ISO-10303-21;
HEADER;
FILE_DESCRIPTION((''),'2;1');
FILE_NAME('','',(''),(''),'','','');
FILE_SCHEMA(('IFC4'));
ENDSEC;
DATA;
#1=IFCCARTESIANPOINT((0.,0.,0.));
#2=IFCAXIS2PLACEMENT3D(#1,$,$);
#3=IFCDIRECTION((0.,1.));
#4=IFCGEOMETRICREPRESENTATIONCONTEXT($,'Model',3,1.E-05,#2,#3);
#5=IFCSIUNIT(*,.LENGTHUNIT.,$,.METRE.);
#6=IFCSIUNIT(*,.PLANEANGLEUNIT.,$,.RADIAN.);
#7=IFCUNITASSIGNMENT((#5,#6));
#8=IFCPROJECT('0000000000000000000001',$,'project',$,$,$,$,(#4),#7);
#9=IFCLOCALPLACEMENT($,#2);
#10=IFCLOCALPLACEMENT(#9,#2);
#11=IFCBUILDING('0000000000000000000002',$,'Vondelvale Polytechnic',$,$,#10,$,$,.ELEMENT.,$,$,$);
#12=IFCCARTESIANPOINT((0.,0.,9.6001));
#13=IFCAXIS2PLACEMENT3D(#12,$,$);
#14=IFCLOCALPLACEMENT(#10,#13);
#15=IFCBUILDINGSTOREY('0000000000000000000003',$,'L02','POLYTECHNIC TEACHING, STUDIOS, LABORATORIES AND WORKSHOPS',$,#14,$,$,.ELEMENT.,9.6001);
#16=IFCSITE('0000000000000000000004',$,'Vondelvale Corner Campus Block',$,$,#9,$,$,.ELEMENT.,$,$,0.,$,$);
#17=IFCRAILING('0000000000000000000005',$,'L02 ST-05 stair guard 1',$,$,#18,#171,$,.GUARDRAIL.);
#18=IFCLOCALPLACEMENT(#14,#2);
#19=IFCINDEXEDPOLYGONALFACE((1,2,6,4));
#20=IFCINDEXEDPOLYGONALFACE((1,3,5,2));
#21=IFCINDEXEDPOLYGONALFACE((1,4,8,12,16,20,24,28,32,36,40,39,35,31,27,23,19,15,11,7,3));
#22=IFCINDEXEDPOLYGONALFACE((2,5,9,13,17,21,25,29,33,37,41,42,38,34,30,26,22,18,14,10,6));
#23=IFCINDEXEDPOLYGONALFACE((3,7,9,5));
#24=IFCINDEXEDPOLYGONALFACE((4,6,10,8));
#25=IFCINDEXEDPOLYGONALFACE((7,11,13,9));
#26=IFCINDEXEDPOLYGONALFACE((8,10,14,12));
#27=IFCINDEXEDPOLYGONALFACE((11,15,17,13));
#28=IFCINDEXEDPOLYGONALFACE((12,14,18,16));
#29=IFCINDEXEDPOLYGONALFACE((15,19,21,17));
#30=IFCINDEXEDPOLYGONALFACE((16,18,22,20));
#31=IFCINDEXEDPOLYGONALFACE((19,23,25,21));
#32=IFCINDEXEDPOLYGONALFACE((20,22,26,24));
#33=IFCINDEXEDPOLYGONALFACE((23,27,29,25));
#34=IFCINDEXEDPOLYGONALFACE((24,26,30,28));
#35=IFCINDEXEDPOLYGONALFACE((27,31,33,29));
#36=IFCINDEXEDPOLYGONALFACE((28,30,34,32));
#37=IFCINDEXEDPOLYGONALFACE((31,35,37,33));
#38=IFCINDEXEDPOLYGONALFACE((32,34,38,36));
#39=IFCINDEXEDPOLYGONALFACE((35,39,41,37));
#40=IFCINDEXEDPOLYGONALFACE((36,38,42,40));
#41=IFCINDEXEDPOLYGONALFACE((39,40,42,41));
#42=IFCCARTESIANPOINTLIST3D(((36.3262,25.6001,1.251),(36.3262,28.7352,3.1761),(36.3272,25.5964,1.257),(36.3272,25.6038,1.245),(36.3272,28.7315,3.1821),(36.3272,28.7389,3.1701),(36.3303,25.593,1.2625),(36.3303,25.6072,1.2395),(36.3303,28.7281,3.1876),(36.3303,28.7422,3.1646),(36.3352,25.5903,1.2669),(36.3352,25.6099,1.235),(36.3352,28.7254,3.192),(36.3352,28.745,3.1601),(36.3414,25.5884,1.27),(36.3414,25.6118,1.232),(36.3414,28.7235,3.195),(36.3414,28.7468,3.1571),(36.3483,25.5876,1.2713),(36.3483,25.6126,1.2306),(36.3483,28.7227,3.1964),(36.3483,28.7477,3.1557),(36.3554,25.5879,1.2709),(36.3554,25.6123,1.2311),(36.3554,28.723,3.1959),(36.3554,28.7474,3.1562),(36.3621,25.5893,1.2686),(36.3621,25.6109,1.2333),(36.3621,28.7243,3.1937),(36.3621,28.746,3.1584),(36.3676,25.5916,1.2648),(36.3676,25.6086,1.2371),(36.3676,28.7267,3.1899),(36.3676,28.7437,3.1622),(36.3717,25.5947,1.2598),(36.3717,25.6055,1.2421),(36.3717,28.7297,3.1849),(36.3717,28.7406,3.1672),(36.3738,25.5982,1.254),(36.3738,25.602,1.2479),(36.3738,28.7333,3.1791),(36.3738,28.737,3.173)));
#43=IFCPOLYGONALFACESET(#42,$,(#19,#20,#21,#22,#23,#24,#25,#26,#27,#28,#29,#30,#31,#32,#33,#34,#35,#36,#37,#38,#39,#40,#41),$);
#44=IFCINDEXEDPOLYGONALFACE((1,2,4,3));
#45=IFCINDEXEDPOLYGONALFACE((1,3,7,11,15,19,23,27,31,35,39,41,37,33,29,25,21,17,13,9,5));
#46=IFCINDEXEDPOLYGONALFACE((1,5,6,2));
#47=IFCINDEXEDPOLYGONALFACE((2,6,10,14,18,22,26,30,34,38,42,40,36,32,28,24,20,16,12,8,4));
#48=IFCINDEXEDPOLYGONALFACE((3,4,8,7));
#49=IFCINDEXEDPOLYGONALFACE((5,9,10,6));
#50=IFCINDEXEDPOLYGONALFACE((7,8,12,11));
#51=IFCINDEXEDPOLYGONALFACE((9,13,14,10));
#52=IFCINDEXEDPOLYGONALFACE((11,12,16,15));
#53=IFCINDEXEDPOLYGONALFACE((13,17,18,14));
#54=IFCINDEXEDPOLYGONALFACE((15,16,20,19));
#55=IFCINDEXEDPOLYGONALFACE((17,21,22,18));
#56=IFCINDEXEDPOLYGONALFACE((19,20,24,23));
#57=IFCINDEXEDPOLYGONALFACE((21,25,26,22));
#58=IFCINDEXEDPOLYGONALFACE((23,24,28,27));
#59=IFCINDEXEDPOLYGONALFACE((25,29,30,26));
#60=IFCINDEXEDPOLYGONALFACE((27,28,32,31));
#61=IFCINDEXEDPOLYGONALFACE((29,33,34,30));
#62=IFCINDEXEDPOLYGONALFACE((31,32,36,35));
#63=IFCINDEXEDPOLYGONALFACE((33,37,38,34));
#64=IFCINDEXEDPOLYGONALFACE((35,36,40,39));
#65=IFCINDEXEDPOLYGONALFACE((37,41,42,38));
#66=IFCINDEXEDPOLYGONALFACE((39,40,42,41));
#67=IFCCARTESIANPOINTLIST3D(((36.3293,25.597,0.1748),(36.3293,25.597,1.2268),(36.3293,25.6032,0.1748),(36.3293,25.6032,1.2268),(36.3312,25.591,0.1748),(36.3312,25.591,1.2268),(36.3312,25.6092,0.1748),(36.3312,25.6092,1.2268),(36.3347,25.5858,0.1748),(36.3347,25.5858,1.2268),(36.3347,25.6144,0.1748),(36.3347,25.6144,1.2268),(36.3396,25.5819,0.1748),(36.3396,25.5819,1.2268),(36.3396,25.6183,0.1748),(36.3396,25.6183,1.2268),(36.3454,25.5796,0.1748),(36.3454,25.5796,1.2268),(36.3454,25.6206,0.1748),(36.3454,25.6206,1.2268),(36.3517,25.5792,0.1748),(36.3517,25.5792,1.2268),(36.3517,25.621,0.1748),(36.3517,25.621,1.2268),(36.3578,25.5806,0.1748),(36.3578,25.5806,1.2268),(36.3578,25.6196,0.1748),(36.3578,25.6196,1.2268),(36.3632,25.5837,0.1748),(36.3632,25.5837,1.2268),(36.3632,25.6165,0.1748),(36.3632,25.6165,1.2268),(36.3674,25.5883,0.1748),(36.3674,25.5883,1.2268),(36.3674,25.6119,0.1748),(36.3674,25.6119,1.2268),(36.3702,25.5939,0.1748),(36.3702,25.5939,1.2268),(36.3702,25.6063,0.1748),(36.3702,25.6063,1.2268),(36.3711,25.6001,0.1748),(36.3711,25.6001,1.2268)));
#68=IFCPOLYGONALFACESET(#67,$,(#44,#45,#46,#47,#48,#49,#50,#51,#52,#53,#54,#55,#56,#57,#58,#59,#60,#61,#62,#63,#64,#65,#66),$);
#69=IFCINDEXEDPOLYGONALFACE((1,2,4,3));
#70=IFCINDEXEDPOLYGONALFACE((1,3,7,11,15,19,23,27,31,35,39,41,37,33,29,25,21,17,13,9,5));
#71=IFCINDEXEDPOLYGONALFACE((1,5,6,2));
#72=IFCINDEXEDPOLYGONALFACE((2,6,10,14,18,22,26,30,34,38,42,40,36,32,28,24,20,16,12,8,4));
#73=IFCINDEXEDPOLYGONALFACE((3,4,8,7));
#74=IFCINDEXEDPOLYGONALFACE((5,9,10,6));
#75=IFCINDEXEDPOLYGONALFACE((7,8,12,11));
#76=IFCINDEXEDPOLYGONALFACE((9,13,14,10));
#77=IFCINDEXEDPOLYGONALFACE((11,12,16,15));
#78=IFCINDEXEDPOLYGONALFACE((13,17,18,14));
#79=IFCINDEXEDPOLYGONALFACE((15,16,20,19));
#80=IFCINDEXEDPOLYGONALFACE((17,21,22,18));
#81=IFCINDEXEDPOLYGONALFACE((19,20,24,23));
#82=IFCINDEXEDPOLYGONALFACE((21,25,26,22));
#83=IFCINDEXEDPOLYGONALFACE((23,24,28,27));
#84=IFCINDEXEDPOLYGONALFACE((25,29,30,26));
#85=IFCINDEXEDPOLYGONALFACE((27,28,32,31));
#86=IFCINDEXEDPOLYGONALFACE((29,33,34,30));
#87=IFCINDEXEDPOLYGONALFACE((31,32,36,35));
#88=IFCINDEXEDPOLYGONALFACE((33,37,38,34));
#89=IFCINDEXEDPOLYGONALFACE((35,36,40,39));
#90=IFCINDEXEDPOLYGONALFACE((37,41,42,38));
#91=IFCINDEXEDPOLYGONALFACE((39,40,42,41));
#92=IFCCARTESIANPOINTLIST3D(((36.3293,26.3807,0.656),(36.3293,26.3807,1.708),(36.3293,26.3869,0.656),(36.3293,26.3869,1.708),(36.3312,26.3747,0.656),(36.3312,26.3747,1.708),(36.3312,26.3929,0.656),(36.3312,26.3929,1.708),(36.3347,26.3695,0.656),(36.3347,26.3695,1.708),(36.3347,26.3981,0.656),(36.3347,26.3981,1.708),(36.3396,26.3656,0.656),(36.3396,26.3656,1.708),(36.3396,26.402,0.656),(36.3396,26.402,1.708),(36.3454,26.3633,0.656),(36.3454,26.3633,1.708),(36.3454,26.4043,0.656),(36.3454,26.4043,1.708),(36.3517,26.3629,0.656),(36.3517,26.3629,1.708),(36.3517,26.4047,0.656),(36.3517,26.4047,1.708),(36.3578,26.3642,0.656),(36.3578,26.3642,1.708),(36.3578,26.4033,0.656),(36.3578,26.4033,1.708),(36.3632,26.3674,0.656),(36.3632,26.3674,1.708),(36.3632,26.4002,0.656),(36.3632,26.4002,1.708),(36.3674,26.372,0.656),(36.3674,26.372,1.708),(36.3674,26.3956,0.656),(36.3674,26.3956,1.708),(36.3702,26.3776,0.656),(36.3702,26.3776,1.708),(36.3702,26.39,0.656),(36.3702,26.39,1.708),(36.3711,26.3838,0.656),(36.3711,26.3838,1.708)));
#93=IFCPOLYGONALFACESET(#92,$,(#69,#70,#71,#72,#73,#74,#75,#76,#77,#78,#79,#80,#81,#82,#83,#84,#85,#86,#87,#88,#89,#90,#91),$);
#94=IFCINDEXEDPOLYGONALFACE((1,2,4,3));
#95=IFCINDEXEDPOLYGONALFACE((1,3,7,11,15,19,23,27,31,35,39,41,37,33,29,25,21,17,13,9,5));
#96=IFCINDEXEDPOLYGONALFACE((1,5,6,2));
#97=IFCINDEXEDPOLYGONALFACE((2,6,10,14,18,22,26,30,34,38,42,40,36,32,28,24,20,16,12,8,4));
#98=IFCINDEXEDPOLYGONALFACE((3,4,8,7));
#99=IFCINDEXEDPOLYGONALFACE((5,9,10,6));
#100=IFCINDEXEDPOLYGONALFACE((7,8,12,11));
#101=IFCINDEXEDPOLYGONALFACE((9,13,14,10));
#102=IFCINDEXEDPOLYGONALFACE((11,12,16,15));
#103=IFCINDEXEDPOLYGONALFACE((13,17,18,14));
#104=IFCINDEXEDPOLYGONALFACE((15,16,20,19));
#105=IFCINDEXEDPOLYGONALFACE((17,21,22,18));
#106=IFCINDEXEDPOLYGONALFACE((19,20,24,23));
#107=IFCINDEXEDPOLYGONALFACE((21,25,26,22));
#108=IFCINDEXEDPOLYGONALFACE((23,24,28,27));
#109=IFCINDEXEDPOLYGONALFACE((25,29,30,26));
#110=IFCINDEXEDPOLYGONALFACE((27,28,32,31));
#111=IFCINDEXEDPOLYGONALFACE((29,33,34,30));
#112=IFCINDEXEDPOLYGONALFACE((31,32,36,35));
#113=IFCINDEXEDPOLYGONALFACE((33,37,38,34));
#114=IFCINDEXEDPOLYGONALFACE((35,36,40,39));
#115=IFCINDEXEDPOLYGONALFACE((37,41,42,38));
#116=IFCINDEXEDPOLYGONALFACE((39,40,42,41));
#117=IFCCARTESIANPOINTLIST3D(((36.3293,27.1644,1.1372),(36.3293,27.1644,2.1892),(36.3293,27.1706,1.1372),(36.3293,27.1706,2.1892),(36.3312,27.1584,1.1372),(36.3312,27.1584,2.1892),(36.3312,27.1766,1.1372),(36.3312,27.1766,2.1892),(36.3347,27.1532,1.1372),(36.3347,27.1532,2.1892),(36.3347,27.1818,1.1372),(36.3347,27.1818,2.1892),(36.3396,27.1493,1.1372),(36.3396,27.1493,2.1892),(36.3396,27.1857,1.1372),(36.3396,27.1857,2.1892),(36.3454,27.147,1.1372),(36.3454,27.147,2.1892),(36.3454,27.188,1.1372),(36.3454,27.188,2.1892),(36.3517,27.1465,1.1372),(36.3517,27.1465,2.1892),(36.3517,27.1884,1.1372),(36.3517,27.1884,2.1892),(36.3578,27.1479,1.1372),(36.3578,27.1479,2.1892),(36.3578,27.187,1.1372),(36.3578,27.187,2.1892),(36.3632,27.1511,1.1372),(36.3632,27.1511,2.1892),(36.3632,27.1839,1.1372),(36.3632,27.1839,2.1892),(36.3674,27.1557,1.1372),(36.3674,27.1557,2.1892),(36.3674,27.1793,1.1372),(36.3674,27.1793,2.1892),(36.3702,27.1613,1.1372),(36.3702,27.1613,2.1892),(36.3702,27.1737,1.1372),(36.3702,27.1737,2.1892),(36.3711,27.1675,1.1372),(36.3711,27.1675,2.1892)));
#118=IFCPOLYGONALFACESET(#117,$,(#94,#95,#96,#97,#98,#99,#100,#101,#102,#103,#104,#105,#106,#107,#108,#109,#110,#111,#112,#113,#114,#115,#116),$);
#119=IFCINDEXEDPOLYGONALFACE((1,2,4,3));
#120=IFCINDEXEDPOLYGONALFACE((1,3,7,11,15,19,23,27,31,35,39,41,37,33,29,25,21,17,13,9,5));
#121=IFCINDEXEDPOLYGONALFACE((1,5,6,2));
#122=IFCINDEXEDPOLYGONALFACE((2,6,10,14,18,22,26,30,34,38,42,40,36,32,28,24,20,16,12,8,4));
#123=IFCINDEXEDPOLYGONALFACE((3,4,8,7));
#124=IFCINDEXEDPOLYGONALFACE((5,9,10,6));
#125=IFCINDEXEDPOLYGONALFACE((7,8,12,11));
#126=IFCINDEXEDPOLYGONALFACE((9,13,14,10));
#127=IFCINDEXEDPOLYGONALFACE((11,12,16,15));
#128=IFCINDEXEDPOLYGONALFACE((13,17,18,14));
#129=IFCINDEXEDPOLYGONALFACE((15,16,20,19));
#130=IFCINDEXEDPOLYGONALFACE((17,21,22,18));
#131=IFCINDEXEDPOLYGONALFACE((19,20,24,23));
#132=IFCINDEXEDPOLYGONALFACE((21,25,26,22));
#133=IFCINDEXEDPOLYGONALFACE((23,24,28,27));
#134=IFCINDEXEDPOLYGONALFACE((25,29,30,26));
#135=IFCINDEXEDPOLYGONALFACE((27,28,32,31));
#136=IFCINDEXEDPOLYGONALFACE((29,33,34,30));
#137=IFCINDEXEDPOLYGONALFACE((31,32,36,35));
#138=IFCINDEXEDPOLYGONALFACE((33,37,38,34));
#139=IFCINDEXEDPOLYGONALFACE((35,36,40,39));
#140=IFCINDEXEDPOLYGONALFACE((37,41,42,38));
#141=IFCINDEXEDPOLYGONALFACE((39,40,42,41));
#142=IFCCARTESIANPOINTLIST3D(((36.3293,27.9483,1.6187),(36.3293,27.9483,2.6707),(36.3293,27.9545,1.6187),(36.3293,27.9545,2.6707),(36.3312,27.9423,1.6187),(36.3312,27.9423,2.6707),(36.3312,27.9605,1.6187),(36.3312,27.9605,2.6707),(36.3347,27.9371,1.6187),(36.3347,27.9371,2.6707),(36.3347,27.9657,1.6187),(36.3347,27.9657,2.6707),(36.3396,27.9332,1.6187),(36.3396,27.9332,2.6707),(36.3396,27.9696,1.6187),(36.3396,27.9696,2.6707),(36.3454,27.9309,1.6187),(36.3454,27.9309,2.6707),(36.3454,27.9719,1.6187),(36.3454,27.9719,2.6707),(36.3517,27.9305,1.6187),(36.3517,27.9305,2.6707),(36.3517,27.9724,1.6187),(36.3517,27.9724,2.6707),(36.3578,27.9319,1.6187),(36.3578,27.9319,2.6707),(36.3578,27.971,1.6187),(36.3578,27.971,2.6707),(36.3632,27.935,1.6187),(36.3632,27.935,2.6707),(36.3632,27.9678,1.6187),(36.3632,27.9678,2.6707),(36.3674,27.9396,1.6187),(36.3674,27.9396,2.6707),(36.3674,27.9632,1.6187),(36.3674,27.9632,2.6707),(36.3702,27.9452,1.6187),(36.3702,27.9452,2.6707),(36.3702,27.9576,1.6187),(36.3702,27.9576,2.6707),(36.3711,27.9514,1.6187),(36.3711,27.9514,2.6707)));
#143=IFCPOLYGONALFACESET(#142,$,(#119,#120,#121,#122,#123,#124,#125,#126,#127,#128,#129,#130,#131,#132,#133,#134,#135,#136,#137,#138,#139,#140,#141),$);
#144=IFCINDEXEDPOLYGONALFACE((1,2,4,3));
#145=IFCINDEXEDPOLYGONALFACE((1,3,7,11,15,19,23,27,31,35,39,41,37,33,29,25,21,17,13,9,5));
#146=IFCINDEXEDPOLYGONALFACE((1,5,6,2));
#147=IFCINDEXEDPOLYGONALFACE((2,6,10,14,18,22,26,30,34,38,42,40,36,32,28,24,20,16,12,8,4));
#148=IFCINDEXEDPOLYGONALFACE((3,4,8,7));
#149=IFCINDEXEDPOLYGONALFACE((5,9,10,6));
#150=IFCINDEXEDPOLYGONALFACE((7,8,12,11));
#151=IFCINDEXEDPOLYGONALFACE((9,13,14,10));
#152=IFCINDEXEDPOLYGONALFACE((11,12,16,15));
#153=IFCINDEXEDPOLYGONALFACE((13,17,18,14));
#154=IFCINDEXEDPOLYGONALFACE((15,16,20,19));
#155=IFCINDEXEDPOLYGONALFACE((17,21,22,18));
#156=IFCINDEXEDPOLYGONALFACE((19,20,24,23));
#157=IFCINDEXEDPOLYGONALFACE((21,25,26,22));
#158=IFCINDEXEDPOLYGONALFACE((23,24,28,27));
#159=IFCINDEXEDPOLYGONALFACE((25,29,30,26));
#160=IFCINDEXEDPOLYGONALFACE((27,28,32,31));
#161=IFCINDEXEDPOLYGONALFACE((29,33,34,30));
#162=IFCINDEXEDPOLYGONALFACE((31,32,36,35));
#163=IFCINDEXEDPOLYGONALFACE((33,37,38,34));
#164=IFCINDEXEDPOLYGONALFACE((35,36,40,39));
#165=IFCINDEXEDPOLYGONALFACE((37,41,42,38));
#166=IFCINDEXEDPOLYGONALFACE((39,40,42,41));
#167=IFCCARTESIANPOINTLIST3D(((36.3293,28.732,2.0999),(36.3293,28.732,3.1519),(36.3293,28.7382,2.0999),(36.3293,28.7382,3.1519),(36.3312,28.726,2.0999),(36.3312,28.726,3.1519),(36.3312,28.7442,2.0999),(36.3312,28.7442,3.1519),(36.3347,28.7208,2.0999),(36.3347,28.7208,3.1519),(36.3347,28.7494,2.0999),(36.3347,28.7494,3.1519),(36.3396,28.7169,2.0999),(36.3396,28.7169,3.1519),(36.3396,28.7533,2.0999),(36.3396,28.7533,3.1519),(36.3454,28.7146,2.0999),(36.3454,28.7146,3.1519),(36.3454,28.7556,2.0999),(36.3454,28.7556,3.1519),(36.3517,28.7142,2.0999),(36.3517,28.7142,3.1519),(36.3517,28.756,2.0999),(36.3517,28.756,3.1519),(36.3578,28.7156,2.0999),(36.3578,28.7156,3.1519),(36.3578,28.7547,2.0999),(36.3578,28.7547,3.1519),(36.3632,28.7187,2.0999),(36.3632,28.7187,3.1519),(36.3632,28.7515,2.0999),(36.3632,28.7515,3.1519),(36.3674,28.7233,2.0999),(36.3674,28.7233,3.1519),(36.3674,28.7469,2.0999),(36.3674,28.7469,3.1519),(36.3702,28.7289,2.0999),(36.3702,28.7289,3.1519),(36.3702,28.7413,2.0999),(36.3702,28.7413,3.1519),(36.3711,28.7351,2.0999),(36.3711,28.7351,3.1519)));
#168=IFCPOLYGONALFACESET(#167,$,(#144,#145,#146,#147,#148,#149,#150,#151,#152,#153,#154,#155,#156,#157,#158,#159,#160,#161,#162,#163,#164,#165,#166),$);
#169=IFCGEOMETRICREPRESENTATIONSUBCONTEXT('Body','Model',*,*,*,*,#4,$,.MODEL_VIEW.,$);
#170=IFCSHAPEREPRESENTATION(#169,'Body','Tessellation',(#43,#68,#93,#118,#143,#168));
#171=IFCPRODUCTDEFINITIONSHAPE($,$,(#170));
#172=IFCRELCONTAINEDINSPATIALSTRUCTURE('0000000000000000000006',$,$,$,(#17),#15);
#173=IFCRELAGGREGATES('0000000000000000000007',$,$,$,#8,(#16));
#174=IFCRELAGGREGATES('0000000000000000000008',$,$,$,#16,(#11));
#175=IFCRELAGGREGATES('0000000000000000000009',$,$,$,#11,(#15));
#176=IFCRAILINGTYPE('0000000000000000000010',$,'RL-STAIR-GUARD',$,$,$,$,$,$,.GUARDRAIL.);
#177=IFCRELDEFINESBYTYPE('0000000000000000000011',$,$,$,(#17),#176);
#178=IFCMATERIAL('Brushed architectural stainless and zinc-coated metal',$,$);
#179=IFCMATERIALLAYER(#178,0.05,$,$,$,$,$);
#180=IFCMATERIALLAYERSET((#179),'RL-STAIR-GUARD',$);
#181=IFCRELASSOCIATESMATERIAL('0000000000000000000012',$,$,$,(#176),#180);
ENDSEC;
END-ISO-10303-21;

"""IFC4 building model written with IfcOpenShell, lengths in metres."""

from ifc_helpers import new_model, si_unit, direction, frame, origin, origin_2d, place, context, subcontext, project, spatial, circle, extrude, material, layer, layer_set, type_object, element, save


model = new_model("IFC4")

# Units and contexts
model_context = context("Model", 3, precision=1e-05, world=origin(), true_north=direction((0.0, 1.0)))
body_context = subcontext(model_context, "Body", "Model", "MODEL_VIEW")
ifc_project = project(units=[si_unit("LENGTHUNIT", "METRE"), si_unit("PLANEANGLEUNIT", "RADIAN")], contexts=[model_context])

# Site, building, storey
site_placement = place(None, origin())
site = spatial("IfcSite", under=ifc_project, at=site_placement, Name="Vondelvale Corner Campus Block", CompositionType="ELEMENT", RefElevation=0.0)
building_placement = place(site_placement, origin())
building = spatial("IfcBuilding", under=site, at=building_placement, Name="Vondelvale Polytechnic", CompositionType="ELEMENT")
storey_placement = place(building_placement, frame((0.0, 0.0, 9.6001)))
storey = spatial("IfcBuildingStorey", under=building, at=storey_placement, Name="L02", Description="POLYTECHNIC TEACHING, STUDIOS, LABORATORIES AND WORKSHOPS", CompositionType="ELEMENT", Elevation=9.6001)

# Railing
ifc_material_1 = material(Name="Brushed architectural stainless and zinc-coated metal")
ifc_layer_1 = layer(ifc_material_1, 0.05)
ifc_layer_set_1 = layer_set([ifc_layer_1], Name="RL-STAIR-GUARD")
railing_type_1 = type_object("IfcRailingType", Name="RL-STAIR-GUARD", PredefinedType="GUARDRAIL", material=ifc_layer_set_1)
railing_1_placement = place(storey_placement, frame((36.3501, 25.6001, 0.1748)))
element("IfcRailing", 1, at=railing_1_placement, inside=storey, type_object=railing_type_1, Name="L02 ST-05 stair guard 1", PredefinedType="GUARDRAIL", context=body_context, shape_type="SweptSolid", body=[
    extrude(circle(Radius=0.0239, at=origin_2d()), frame((0.0, 0.0, 1.0762), z_axis=(0.0, 0.852166, 0.523271), x_axis=(-1.0, 0.0, 0.0)), (0.0, 0.0, 1.0), 3.679),
    extrude(circle(Radius=0.021, at=origin_2d()), origin(), (0.0, 0.0, 1.0), 1.052),
    extrude(circle(Radius=0.021, at=origin_2d()), frame((0.0, 0.7837, 0.4812)), (0.0, 0.0, 1.0), 1.052),
    extrude(circle(Radius=0.021, at=origin_2d()), frame((0.0, 1.5674, 0.9624)), (0.0, 0.0, 1.0), 1.052),
    extrude(circle(Radius=0.021, at=origin_2d()), frame((0.0, 2.3513, 1.4438)), (0.0, 0.0, 1.0), 1.052),
    extrude(circle(Radius=0.021, at=origin_2d()), frame((0.0, 3.135, 1.925)), (0.0, 0.0, 1.0), 1.052),
])

save(model, "model.ifc")
